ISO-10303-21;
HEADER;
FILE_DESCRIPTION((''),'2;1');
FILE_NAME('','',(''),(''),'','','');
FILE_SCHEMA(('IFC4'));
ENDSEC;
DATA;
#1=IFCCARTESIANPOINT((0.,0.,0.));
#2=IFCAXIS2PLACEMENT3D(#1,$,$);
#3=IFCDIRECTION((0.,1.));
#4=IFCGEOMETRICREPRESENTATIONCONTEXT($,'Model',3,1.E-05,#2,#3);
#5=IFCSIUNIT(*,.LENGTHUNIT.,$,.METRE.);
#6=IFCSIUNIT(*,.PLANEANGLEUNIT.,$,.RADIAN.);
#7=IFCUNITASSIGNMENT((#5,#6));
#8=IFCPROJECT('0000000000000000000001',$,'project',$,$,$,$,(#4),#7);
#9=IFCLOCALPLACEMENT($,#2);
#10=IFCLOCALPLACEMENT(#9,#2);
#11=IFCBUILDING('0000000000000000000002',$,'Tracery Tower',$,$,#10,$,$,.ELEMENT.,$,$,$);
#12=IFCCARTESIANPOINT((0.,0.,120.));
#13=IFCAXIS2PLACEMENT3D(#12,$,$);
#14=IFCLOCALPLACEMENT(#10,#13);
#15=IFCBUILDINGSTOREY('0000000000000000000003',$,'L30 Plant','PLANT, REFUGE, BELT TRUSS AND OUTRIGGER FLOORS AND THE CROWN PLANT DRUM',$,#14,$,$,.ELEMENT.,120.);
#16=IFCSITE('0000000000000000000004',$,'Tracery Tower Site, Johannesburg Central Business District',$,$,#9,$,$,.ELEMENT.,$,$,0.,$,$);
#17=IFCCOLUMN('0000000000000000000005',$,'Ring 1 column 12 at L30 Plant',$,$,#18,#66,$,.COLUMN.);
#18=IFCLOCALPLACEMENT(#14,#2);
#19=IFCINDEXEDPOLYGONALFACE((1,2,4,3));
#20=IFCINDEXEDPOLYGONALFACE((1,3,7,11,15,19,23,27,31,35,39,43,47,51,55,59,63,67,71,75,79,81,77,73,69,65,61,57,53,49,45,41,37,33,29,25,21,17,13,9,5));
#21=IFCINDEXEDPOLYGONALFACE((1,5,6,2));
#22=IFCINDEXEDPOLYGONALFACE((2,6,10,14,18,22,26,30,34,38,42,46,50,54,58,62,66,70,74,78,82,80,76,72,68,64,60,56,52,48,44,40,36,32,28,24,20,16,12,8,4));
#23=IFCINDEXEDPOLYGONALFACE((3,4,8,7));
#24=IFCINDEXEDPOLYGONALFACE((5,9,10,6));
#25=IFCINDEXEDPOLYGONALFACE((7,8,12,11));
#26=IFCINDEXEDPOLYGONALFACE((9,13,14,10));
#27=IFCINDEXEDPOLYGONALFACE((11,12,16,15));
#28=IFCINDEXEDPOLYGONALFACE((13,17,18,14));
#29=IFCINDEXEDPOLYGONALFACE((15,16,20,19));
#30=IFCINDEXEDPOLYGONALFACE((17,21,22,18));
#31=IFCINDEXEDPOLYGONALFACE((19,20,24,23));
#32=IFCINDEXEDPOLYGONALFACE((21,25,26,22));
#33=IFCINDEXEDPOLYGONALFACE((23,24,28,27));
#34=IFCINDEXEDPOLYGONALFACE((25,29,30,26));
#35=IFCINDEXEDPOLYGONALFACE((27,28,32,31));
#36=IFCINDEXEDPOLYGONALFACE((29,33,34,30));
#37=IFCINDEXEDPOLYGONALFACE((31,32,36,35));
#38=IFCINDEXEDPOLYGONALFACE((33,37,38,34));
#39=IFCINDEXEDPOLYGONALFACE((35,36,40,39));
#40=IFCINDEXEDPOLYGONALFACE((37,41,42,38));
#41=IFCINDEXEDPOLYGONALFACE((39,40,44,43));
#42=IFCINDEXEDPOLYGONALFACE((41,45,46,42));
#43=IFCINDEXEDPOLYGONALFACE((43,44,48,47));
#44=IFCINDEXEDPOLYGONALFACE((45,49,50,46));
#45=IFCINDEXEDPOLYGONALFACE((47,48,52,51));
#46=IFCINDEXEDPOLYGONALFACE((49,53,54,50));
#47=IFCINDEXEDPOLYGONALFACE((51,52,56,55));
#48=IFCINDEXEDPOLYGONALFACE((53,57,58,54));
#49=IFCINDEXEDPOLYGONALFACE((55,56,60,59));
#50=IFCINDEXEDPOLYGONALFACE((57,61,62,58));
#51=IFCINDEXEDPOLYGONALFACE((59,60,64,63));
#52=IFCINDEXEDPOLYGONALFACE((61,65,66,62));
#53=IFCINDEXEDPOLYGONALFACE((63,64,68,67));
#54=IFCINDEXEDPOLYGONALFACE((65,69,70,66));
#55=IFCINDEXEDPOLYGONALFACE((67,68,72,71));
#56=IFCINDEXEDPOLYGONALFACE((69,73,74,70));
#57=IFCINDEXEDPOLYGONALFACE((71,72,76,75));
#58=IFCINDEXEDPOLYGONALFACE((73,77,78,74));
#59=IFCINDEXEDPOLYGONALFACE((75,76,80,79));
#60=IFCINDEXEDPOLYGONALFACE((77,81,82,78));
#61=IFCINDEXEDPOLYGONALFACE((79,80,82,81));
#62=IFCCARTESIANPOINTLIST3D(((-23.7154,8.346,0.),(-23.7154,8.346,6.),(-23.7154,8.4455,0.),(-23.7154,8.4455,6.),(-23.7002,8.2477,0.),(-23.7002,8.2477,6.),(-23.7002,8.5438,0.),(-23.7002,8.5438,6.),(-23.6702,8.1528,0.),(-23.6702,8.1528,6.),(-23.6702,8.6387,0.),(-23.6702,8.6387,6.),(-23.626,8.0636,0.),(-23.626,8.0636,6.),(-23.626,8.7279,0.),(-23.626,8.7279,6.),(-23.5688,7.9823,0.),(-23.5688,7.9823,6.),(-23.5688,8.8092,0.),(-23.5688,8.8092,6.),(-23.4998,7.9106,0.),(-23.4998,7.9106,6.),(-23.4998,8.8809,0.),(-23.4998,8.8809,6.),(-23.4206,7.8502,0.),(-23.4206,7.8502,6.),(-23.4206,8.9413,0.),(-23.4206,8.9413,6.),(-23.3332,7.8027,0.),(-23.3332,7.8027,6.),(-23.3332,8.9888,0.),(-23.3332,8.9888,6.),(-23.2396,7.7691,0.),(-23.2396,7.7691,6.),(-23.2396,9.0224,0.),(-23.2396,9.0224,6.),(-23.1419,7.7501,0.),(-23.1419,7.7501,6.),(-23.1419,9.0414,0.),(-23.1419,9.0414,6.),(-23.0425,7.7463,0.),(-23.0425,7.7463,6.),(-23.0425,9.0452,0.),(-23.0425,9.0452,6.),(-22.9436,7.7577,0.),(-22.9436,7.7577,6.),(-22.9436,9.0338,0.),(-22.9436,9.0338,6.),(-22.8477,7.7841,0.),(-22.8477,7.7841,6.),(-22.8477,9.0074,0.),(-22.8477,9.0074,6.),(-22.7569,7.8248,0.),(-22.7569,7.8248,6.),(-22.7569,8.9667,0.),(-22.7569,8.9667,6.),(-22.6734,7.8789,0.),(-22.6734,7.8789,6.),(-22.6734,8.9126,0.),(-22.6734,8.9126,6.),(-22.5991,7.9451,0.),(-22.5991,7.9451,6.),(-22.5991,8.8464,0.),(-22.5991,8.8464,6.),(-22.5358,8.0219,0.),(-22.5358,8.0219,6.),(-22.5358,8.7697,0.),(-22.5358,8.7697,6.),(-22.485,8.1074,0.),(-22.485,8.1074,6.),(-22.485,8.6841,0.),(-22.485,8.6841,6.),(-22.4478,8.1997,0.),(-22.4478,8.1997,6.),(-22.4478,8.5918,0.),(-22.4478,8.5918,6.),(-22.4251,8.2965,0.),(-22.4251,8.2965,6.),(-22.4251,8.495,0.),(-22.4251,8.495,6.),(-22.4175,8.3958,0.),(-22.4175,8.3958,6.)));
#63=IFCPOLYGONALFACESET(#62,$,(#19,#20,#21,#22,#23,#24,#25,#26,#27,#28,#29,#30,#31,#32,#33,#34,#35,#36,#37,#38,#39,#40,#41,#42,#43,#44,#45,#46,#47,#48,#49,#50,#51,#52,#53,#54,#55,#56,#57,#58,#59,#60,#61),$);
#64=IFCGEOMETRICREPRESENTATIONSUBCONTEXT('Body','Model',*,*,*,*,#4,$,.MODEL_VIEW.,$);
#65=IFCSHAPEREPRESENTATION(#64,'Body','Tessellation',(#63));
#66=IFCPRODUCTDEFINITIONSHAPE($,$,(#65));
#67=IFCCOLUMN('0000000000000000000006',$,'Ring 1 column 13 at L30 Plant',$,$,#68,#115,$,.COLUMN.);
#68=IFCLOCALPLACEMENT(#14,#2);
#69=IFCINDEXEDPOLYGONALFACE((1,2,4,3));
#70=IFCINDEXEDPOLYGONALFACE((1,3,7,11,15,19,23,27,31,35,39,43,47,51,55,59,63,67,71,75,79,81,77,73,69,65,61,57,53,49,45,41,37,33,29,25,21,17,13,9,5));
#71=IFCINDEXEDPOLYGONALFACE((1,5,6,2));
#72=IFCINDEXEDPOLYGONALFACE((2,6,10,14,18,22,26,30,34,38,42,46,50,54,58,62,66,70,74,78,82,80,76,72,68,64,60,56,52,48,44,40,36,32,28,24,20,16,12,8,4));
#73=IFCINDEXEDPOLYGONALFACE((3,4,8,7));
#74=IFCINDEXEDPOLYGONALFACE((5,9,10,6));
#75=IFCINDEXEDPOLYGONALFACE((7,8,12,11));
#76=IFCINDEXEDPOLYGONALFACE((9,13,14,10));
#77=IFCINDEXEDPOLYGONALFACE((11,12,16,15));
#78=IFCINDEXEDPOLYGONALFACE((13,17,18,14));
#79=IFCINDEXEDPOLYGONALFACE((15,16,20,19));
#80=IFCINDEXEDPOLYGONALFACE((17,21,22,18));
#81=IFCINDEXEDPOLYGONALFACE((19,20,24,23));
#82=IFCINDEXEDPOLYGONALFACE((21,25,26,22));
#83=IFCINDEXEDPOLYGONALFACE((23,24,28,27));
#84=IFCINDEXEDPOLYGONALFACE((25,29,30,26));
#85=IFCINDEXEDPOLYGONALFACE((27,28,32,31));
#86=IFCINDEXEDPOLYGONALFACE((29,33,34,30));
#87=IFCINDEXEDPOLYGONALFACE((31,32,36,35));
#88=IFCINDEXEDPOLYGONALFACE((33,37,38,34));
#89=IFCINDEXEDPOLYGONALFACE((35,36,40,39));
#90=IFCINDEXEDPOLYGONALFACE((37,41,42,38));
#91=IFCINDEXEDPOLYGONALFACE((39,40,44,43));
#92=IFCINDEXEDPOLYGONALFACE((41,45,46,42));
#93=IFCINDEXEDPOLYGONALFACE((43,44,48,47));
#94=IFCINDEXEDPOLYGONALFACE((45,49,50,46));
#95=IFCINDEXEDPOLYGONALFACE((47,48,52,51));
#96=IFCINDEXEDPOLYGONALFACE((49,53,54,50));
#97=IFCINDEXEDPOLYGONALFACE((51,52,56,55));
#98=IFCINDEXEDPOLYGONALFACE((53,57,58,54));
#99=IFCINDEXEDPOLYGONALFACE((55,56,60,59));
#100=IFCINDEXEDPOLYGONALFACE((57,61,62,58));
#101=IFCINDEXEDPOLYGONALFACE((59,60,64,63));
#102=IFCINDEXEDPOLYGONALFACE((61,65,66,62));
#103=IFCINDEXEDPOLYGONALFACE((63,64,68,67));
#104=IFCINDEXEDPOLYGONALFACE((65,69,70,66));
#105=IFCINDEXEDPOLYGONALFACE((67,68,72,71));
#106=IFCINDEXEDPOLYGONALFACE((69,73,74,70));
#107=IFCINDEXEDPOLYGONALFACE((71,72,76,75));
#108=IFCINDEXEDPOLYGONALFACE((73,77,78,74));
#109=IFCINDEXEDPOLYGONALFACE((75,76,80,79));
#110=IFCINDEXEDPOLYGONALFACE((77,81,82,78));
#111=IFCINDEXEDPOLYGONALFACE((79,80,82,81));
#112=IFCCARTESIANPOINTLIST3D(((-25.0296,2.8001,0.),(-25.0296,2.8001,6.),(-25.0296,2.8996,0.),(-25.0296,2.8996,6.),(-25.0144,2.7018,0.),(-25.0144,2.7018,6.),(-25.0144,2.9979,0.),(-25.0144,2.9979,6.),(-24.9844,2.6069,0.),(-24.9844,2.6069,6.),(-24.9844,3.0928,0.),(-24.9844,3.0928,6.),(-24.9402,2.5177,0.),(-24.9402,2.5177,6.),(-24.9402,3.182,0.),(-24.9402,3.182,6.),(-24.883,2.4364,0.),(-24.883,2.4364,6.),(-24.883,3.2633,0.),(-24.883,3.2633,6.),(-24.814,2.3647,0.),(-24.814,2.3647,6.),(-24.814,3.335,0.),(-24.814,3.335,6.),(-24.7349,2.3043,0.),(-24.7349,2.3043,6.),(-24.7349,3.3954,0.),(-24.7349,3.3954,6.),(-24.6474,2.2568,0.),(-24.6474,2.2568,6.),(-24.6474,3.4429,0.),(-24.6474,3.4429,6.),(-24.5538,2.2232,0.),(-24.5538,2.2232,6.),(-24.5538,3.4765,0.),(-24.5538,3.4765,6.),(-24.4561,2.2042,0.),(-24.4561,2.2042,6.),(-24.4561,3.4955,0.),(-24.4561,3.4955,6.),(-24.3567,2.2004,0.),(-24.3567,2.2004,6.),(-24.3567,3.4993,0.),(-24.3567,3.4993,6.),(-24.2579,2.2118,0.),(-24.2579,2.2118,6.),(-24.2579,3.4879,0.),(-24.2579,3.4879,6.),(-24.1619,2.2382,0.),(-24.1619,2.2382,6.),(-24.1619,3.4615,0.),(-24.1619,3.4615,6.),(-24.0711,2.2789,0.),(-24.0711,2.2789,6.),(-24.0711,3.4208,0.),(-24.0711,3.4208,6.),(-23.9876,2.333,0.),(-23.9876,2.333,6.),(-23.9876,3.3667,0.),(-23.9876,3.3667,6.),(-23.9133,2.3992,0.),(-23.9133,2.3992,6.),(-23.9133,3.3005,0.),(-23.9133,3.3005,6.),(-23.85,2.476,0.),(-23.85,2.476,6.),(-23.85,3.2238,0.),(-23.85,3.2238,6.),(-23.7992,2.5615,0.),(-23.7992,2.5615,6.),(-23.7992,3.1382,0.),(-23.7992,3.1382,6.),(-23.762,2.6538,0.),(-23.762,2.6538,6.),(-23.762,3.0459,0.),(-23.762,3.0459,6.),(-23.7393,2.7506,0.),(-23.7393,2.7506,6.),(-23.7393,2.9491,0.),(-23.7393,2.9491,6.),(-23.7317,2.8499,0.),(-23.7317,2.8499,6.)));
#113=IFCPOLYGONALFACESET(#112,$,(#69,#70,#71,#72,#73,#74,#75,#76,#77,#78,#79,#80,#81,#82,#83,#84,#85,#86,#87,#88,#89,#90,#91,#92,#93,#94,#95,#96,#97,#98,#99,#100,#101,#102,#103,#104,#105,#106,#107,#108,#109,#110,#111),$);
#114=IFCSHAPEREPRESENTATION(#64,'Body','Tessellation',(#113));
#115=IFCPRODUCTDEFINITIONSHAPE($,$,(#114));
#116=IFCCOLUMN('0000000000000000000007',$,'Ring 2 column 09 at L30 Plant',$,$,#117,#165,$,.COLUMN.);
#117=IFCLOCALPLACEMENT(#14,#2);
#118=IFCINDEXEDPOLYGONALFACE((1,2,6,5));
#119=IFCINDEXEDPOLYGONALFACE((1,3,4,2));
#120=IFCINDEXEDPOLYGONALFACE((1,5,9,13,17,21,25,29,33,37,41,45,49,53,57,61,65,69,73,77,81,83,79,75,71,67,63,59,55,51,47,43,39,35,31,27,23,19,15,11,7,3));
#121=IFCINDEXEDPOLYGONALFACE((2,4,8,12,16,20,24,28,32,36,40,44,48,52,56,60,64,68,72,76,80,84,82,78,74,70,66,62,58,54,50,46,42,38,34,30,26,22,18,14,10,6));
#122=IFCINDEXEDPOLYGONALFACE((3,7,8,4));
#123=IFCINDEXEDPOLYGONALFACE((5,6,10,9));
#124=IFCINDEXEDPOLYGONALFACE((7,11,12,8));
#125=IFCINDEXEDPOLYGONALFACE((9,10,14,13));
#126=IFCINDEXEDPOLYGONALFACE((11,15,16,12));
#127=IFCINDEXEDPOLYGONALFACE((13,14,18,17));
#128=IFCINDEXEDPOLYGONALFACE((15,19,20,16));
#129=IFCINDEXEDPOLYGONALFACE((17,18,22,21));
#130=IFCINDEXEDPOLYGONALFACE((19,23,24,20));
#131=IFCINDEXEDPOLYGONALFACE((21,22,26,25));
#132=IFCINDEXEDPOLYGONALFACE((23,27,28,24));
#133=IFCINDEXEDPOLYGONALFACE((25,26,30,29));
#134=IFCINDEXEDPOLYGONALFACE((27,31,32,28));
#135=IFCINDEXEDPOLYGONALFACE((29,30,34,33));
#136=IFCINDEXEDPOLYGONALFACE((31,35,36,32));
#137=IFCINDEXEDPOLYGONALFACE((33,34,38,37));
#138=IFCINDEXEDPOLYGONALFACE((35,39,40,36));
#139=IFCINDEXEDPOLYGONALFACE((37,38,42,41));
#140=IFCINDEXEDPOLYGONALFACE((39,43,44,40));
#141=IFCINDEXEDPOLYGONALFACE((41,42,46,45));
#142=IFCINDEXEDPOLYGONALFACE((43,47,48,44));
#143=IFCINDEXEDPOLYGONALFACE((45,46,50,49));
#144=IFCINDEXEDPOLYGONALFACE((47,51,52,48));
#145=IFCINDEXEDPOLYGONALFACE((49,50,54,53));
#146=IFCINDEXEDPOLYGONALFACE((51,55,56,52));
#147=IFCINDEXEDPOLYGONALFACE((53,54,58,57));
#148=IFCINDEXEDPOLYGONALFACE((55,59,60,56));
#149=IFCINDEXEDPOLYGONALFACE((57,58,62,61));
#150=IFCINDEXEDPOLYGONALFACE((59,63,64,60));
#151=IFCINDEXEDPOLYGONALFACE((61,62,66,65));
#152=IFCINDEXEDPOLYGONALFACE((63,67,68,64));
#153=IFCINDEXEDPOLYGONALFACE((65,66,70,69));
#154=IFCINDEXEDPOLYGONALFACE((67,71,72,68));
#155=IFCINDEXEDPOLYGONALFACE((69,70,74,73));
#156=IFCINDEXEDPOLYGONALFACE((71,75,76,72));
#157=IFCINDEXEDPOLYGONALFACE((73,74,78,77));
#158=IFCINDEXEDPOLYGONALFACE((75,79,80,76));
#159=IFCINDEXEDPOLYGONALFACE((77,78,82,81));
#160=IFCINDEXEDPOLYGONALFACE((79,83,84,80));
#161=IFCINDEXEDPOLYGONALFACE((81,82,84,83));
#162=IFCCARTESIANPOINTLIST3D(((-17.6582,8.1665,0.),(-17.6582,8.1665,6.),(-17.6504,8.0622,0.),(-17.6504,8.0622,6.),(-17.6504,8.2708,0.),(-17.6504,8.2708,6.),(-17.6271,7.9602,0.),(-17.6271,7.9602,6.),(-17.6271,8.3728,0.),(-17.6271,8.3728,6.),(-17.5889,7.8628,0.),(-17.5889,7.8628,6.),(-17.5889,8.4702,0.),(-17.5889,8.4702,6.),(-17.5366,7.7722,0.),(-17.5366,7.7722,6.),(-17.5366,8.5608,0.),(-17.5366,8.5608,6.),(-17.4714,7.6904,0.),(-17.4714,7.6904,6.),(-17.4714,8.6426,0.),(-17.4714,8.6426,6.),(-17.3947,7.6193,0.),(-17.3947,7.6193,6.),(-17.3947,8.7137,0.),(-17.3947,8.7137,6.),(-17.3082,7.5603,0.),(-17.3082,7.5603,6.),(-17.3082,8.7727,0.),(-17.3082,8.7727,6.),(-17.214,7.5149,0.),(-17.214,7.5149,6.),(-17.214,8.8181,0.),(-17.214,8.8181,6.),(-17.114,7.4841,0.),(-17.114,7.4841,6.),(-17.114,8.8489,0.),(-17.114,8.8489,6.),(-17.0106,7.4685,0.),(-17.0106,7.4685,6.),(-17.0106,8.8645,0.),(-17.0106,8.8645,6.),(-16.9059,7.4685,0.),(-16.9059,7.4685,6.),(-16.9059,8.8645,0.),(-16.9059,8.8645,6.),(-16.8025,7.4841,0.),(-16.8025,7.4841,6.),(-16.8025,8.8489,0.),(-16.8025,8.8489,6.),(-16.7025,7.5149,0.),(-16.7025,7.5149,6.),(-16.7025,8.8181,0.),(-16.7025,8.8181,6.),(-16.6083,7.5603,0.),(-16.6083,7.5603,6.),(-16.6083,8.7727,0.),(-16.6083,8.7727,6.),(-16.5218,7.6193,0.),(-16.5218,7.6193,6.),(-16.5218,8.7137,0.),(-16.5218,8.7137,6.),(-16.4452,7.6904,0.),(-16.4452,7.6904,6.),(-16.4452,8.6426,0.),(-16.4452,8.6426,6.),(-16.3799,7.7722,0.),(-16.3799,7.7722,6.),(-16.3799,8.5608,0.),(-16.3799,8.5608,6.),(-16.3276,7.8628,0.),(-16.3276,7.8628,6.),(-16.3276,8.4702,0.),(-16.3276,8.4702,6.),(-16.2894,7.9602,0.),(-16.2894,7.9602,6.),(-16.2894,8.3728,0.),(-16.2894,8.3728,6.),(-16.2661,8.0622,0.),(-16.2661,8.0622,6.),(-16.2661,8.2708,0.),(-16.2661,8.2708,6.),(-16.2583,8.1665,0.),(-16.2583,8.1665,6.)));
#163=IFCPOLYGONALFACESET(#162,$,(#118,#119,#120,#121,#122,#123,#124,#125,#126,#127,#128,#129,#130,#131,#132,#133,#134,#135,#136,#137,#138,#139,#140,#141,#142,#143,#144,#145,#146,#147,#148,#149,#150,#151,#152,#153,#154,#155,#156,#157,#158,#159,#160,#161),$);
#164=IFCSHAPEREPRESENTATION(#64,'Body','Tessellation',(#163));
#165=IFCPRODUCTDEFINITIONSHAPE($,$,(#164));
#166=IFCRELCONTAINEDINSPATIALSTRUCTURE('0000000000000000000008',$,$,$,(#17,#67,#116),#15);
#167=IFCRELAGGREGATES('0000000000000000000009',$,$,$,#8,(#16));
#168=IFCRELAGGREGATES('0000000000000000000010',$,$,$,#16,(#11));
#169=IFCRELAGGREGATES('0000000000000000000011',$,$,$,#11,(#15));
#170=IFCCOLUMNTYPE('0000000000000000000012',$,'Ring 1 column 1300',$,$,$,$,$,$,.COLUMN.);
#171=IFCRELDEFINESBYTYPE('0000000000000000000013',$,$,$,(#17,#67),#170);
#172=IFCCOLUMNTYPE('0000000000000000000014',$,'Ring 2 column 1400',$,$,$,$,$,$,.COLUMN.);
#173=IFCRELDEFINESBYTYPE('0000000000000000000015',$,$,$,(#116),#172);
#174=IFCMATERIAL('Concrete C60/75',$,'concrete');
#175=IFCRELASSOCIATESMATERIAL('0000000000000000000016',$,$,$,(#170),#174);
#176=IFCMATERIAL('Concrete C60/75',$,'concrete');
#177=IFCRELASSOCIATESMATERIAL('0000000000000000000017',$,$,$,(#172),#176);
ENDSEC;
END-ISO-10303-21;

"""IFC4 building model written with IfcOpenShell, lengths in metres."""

from ifc_helpers import new_model, si_unit, direction, frame, origin, origin_2d, place, context, subcontext, project, spatial, circle, extrude, material, material_profile, profile_set, type_object, element, save


model = new_model("IFC4")

# Units and contexts
model_context = context("Model", 3, precision=1e-05, world=origin(), true_north=direction((0.0, 1.0)))
body_context = subcontext(model_context, "Body", "Model", "MODEL_VIEW")
ifc_project = project(units=[si_unit("LENGTHUNIT", "METRE"), si_unit("PLANEANGLEUNIT", "RADIAN")], contexts=[model_context])

# Site, building, storey
site_placement = place(None, origin())
site = spatial("IfcSite", under=ifc_project, at=site_placement, Name="Tracery Tower Site, Johannesburg Central Business District", CompositionType="ELEMENT", RefElevation=0.0)
building_placement = place(site_placement, origin())
building = spatial("IfcBuilding", under=site, at=building_placement, Name="Tracery Tower", CompositionType="ELEMENT")
storey_placement = place(building_placement, frame((0.0, 0.0, 120.0)))
storey = spatial("IfcBuildingStorey", under=building, at=storey_placement, Name="L30 Plant", Description="PLANT, REFUGE, BELT TRUSS AND OUTRIGGER FLOORS AND THE CROWN PLANT DRUM", CompositionType="ELEMENT", Elevation=120.0)

# Columns
ifc_material_1 = material(Name="Concrete C60/75", Category="concrete")
ifc_material_profile_1 = material_profile(ifc_material_1, circle(Radius=0.6499, at=origin_2d()), Name="RC D1300")
ifc_profile_set_1 = profile_set([ifc_material_profile_1], Name="Concrete C60/75")
column_type_1 = type_object("IfcColumnType", Name="Ring 1 column 1300", PredefinedType="COLUMN", material=ifc_profile_set_1)
for number, where, z_axis, x_axis, name in (
    (1, (-23.0674, 8.3958, 0.0), (0.0, 0.0, 1.0), (1.0, 0.0, 0.0), "Ring 1 column 12 at L30 Plant"),
    (2, (-24.3816, 2.8499, 0.0), (0.0, 0.0, 1.0), (1.0, 0.0, 0.0), "Ring 1 column 13 at L30 Plant"),
):
    element("IfcColumn", number, at=place(storey_placement, frame(where, z_axis=z_axis, x_axis=x_axis)), inside=storey, type_object=column_type_1, Name=name, PredefinedType="COLUMN", context=body_context, shape_type="SweptSolid", body=[
        extrude(circle(Radius=0.6499, at=origin_2d()), origin(), (0.0, 0.0, 1.0), 6.0),
    ])
ifc_material_2 = material(Name="Concrete C60/75", Category="concrete")
ifc_material_profile_2 = material_profile(ifc_material_2, circle(Radius=0.7, at=origin_2d()), Name="RC D1400")
ifc_profile_set_2 = profile_set([ifc_material_profile_2], Name="Concrete C60/75")
column_type_2 = type_object("IfcColumnType", Name="Ring 2 column 1400", PredefinedType="COLUMN", material=ifc_profile_set_2)
for number, where, z_axis, x_axis, name in (
    (3, (-16.9583, 8.1665, 0.0), (0.0, 0.0, 1.0), (1.0, 0.0, 0.0), "Ring 2 column 09 at L30 Plant"),
):
    element("IfcColumn", number, at=place(storey_placement, frame(where, z_axis=z_axis, x_axis=x_axis)), inside=storey, type_object=column_type_2, Name=name, PredefinedType="COLUMN", context=body_context, shape_type="SweptSolid", body=[
        extrude(circle(Radius=0.7, at=origin_2d()), origin(), (0.0, 0.0, 1.0), 6.0),
    ])

save(model, "model.ifc")
